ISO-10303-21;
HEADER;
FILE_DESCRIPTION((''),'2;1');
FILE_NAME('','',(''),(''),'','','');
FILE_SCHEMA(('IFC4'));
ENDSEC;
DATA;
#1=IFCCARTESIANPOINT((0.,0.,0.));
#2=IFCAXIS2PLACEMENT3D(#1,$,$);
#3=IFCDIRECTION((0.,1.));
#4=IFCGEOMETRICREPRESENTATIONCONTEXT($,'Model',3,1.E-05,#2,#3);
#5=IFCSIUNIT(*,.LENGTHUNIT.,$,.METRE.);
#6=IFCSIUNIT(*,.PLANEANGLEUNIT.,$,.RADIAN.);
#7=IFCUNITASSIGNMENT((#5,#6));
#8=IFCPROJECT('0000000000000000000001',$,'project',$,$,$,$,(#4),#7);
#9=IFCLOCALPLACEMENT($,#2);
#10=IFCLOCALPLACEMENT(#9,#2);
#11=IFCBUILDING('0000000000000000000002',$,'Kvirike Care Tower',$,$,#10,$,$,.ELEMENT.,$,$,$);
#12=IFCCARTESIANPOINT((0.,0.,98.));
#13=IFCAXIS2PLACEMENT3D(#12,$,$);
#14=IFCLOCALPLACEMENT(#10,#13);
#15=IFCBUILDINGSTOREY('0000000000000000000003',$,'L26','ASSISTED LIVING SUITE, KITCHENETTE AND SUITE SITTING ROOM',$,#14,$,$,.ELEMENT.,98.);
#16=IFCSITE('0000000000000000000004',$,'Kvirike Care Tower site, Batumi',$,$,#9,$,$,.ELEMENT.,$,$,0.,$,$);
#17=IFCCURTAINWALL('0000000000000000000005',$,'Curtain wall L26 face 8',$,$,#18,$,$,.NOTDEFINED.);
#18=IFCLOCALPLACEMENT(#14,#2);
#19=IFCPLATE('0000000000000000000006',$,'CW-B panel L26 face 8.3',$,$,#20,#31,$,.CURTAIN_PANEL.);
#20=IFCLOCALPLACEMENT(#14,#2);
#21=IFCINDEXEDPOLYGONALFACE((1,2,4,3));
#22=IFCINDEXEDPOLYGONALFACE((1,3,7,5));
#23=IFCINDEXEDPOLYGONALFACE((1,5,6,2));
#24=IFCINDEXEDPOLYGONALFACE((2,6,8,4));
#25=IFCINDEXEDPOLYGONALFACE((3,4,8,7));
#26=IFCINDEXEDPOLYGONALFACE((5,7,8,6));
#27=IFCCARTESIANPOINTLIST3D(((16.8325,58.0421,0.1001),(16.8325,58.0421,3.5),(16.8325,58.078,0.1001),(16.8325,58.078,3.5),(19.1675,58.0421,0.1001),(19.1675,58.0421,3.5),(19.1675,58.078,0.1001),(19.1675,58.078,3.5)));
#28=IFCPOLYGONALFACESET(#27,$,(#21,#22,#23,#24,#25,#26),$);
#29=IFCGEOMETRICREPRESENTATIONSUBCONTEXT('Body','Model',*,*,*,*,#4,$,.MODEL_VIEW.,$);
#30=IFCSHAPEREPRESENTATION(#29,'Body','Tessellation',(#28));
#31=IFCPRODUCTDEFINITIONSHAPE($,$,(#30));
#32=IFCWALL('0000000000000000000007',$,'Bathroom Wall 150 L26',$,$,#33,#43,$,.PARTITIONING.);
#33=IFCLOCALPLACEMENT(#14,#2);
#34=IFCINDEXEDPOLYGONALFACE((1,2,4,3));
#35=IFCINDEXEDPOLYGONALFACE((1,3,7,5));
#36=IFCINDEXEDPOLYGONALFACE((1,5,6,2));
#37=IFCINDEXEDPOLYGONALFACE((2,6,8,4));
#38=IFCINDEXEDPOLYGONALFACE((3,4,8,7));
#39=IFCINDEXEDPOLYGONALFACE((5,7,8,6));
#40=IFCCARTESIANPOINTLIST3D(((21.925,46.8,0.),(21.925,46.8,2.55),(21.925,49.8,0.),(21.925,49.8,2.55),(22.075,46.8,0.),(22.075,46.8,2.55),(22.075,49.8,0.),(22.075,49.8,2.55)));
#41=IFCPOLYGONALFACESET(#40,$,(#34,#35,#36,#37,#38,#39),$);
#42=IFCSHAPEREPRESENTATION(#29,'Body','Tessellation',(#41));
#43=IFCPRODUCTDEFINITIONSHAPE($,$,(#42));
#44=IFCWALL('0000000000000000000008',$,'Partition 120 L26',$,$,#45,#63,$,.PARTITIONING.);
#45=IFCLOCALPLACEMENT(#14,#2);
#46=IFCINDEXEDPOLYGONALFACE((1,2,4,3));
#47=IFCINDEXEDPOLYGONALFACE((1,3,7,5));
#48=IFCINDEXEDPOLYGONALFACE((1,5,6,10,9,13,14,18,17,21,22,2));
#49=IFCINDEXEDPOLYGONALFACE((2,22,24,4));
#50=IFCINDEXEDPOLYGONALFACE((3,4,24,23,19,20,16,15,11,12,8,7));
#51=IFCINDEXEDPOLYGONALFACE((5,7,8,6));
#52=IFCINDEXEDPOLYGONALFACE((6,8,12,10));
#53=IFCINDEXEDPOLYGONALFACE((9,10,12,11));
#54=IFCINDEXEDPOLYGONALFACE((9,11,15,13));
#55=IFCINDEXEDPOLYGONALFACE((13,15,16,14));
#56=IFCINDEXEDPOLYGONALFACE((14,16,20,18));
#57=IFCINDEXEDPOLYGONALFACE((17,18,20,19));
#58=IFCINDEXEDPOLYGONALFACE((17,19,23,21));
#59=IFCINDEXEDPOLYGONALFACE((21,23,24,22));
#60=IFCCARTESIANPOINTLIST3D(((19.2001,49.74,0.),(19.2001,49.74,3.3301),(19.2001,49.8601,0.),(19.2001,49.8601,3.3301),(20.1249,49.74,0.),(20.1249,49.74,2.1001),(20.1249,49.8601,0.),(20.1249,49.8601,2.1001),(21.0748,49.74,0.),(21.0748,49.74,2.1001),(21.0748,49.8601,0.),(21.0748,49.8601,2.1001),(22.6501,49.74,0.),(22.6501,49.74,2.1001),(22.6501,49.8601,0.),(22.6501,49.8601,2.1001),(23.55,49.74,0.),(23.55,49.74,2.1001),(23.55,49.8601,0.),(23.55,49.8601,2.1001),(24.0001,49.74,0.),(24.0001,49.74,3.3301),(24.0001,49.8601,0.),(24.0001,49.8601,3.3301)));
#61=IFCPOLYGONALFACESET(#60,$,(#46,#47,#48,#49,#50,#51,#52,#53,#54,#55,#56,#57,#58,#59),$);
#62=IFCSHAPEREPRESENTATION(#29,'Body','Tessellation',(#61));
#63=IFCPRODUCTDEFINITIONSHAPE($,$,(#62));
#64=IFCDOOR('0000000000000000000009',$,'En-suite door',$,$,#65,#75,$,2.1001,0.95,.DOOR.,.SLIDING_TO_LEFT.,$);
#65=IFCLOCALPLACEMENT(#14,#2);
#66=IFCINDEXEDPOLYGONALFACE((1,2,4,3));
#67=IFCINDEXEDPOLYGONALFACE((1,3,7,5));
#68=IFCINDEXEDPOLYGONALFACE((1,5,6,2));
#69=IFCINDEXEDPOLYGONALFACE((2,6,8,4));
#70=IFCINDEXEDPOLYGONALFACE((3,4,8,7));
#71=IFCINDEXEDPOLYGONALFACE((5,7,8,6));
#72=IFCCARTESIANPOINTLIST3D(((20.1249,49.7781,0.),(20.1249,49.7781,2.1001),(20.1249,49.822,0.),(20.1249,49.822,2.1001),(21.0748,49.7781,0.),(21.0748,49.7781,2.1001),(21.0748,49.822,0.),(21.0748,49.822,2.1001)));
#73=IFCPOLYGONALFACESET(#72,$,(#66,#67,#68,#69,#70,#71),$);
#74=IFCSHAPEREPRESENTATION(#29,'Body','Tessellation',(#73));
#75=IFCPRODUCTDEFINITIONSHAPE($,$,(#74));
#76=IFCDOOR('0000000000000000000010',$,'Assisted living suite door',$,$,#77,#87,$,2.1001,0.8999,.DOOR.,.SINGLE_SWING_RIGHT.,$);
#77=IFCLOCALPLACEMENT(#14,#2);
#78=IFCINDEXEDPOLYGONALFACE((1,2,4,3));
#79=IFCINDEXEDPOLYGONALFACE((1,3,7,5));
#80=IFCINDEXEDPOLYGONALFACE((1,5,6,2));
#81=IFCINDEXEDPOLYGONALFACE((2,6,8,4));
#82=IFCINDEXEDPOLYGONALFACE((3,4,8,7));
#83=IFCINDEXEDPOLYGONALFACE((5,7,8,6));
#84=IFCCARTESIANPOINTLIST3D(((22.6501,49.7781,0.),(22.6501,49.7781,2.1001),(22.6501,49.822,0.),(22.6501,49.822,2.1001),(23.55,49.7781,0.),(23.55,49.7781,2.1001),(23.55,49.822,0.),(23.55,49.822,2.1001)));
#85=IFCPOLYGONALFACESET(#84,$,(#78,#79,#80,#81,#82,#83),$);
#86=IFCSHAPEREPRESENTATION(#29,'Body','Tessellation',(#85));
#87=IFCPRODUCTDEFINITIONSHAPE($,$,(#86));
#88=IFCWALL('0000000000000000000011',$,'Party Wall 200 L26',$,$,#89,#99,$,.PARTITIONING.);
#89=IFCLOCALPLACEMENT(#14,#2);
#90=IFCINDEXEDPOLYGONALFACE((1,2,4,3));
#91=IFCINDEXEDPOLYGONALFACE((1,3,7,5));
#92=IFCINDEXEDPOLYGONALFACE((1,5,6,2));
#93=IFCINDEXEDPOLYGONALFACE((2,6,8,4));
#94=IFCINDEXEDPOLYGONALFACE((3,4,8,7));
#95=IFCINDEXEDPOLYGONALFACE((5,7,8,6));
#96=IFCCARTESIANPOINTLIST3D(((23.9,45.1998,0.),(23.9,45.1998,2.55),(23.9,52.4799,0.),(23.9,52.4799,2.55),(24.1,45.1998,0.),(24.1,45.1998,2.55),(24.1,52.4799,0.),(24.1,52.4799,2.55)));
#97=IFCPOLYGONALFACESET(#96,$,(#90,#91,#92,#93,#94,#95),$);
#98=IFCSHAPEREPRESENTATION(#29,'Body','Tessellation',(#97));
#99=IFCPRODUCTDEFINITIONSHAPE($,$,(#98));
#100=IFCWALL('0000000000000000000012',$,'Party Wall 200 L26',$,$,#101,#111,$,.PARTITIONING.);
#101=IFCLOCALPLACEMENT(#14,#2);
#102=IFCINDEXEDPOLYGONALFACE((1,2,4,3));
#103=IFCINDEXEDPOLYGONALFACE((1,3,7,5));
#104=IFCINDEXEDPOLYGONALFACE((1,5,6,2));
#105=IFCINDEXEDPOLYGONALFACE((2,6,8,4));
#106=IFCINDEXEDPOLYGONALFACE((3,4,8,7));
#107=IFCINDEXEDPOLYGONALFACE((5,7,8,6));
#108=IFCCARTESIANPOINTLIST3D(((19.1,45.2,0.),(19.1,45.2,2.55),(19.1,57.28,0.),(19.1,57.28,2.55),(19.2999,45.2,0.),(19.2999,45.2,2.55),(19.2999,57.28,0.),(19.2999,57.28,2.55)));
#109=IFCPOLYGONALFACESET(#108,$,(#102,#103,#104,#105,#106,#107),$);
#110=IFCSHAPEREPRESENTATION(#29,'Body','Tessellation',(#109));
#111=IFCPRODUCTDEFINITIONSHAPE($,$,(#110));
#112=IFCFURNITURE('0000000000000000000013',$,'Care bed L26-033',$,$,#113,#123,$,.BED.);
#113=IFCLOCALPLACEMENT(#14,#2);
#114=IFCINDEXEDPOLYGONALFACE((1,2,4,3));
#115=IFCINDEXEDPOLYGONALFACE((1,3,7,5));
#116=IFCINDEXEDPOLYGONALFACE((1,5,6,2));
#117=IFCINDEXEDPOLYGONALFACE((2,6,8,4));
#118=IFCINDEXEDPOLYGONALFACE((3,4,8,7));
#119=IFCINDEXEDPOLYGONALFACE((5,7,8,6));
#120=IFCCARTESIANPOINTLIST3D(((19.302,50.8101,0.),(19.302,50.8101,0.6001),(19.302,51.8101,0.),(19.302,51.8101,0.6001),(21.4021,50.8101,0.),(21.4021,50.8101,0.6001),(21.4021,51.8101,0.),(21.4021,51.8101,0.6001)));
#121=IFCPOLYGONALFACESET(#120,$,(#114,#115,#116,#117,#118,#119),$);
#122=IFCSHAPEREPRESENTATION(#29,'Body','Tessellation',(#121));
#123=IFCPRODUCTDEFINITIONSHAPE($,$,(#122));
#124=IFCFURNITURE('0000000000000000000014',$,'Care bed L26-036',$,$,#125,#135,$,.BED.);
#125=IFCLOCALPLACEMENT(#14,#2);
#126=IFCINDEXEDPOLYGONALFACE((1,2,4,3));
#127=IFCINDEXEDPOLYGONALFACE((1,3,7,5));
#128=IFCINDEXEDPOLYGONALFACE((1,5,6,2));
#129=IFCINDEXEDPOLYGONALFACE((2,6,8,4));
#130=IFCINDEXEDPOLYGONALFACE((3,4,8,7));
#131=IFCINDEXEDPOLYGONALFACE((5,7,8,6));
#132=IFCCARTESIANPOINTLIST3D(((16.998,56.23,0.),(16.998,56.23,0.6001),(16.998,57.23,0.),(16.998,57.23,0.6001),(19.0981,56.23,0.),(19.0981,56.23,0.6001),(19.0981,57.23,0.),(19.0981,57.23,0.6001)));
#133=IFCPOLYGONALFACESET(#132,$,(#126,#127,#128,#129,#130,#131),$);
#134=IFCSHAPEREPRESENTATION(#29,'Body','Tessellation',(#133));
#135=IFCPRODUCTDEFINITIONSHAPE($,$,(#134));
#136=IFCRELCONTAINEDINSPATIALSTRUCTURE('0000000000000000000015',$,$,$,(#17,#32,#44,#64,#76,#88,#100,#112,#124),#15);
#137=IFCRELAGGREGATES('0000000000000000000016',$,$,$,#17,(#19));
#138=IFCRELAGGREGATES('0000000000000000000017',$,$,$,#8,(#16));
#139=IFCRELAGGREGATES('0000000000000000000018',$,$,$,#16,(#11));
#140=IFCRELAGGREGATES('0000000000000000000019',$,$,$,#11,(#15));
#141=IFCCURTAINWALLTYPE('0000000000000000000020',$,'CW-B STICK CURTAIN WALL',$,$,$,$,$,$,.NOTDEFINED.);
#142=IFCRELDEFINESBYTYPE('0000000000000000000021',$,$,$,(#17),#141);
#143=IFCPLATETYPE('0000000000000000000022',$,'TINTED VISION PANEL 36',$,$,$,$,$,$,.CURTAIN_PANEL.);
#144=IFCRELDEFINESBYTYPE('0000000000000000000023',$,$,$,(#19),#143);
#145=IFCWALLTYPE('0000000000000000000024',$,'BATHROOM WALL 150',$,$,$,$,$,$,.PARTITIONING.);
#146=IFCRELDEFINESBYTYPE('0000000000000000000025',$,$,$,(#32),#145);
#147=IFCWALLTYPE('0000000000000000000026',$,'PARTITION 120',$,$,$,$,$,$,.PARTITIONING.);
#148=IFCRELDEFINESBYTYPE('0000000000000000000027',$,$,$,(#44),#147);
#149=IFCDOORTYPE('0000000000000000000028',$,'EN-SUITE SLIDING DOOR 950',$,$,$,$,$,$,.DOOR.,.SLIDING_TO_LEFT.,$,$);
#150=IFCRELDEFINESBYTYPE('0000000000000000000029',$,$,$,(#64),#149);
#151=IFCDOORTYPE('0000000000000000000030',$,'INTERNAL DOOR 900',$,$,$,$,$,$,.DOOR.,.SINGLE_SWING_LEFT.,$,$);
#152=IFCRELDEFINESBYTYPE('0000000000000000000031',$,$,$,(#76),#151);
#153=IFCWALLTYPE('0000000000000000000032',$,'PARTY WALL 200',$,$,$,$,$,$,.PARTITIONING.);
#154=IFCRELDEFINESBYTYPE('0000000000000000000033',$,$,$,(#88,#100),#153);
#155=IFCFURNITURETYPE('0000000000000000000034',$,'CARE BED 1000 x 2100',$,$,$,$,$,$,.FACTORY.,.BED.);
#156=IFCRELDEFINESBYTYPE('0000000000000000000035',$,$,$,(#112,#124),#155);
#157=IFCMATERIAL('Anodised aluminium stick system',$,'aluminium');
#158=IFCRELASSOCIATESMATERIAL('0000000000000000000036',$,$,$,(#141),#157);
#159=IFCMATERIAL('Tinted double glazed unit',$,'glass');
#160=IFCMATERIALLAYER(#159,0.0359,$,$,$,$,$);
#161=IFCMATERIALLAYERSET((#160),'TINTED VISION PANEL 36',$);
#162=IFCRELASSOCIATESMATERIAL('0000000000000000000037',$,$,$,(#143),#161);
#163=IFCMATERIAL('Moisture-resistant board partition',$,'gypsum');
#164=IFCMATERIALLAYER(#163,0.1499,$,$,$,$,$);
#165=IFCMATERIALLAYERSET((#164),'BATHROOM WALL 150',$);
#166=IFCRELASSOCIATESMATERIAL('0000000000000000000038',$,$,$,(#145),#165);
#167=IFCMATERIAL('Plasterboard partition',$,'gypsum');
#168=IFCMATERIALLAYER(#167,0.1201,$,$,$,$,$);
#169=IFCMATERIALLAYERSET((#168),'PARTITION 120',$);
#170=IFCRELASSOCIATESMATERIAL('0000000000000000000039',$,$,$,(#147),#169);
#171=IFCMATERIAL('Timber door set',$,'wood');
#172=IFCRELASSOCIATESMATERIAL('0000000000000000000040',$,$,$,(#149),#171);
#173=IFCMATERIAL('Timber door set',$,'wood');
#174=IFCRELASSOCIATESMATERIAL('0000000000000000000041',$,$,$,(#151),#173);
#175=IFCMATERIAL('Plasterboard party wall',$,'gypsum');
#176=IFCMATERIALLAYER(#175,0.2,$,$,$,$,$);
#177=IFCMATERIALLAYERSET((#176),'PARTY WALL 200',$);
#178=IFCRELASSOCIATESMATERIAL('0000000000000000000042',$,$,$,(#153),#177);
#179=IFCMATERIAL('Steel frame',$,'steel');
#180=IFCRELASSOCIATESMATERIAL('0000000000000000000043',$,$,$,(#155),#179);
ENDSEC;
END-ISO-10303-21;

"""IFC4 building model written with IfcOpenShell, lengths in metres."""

from ifc_helpers import new_model, si_unit, direction, frame, frame_2d, origin, origin_2d, place, context, subcontext, project, spatial, rectangle, extrude, material, layer, layer_set, type_object, element, fill, aggregate, save


model = new_model("IFC4")

# Units and contexts
model_context = context("Model", 3, precision=1e-05, world=origin(), true_north=direction((0.0, 1.0)))
body_context = subcontext(model_context, "Body", "Model", "MODEL_VIEW")
ifc_project = project(units=[si_unit("LENGTHUNIT", "METRE"), si_unit("PLANEANGLEUNIT", "RADIAN")], contexts=[model_context])

# Site, building, storey
site_placement = place(None, origin())
site = spatial("IfcSite", under=ifc_project, at=site_placement, Name="Kvirike Care Tower site, Batumi", CompositionType="ELEMENT", RefElevation=0.0)
building_placement = place(site_placement, origin())
building = spatial("IfcBuilding", under=site, at=building_placement, Name="Kvirike Care Tower", CompositionType="ELEMENT")
storey_placement = place(building_placement, frame((0.0, 0.0, 98.0)))
storey = spatial("IfcBuildingStorey", under=building, at=storey_placement, Name="L26", Description="ASSISTED LIVING SUITE, KITCHENETTE AND SUITE SITTING ROOM", CompositionType="ELEMENT", Elevation=98.0)

# Curtain wall
ifc_material_1 = material(Name="Anodised aluminium stick system", Category="aluminium")
curtain_wall_type = type_object("IfcCurtainWallType", Name="CW-B STICK CURTAIN WALL", PredefinedType="NOTDEFINED", material=ifc_material_1)
curtain_wall_placement = place(storey_placement, origin())
curtain_wall = element("IfcCurtainWall", 1, at=curtain_wall_placement, inside=storey, type_object=curtain_wall_type, Name="Curtain wall L26 face 8", PredefinedType="NOTDEFINED")

# Plate
ifc_material_2 = material(Name="Tinted double glazed unit", Category="glass")
ifc_layer_1 = layer(ifc_material_2, 0.0359)
ifc_layer_set_1 = layer_set([ifc_layer_1], Name="TINTED VISION PANEL 36")
plate_type = type_object("IfcPlateType", Name="TINTED VISION PANEL 36", PredefinedType="CURTAIN_PANEL", material=ifc_layer_set_1)
plate_1_placement = place(storey_placement, frame((18.0, 58.0601, 0.1001), z_axis=(0.0, 0.0, 1.0), x_axis=(-1.0, 0.0, 0.0)))
plate_1 = element("IfcPlate", 2, at=plate_1_placement, type_object=plate_type, Name="CW-B panel L26 face 8.3", PredefinedType="CURTAIN_PANEL", context=body_context, shape_type="SweptSolid", body=[
    extrude(rectangle(XDim=2.335, YDim=0.0359, at=origin_2d()), origin(), (0.0, 0.0, 1.0), 3.3999),
])
aggregate(curtain_wall, [plate_1])

# Wall
ifc_material_3 = material(Name="Moisture-resistant board partition", Category="gypsum")
ifc_layer_2 = layer(ifc_material_3, 0.1499)
ifc_layer_set_2 = layer_set([ifc_layer_2], Name="BATHROOM WALL 150")
wall_type_1 = type_object("IfcWallType", Name="BATHROOM WALL 150", PredefinedType="PARTITIONING", material=ifc_layer_set_2)
wall_1_placement = place(storey_placement, frame((22.0, 49.8, 0.0), z_axis=(0.0, 0.0, 1.0), x_axis=(0.0, -1.0, 0.0)))
element("IfcWall", 3, at=wall_1_placement, inside=storey, type_object=wall_type_1, Name="Bathroom Wall 150 L26", PredefinedType="PARTITIONING", context=body_context, shape_type="SweptSolid", body=[
    extrude(rectangle(XDim=3.0, YDim=0.1499, at=frame_2d((1.5, 0.0))), origin(), (0.0, 0.0, 1.0), 2.55),
])

# Wall, openings, doors
ifc_material_4 = material(Name="Plasterboard partition", Category="gypsum")
ifc_layer_3 = layer(ifc_material_4, 0.1201)
ifc_layer_set_3 = layer_set([ifc_layer_3], Name="PARTITION 120")
wall_type_2 = type_object("IfcWallType", Name="PARTITION 120", PredefinedType="PARTITIONING", material=ifc_layer_set_3)
wall_2_placement = place(storey_placement, frame((24.0, 49.8, 0.0), z_axis=(0.0, 0.0, 1.0), x_axis=(-1.0, 0.0, 0.0)))
wall_2 = element("IfcWall", 4, at=wall_2_placement, inside=storey, type_object=wall_type_2, Name="Partition 120 L26", PredefinedType="PARTITIONING", context=body_context, shape_type="SweptSolid", body=[
    extrude(rectangle(XDim=4.8, YDim=0.1201, at=frame_2d((2.3999, 0.0))), origin(), (0.0, 0.0, 1.0), 3.3301),
])
opening_1_placement = place(wall_2_placement, frame((0.45, 0.0, 0.0)))
opening_1 = element("IfcOpeningElement", 5, at=opening_1_placement, cuts=wall_2, PredefinedType="OPENING", context=body_context, shape_type="SweptSolid", body=[
    extrude(rectangle(XDim=0.8999, YDim=2.1001, at=frame_2d((0.45, 1.05))), frame((0.0, 0.0706, 0.0), z_axis=(0.0, -1.0, 0.0), x_axis=(1.0, 0.0, 0.0)), (0.0, 0.0, 1.0), 0.1411),
])
opening_2_placement = place(wall_2_placement, frame((2.925, 0.0, 0.0)))
opening_2 = element("IfcOpeningElement", 6, at=opening_2_placement, cuts=wall_2, PredefinedType="OPENING", context=body_context, shape_type="SweptSolid", body=[
    extrude(rectangle(XDim=0.95, YDim=2.1001, at=frame_2d((0.4751, 1.05))), frame((0.0, 0.0706, 0.0), z_axis=(0.0, -1.0, 0.0), x_axis=(1.0, 0.0, 0.0)), (0.0, 0.0, 1.0), 0.1411),
])
ifc_material_5 = material(Name="Timber door set", Category="wood")
door_type_1 = type_object("IfcDoorType", Name="EN-SUITE SLIDING DOOR 950", OperationType="SLIDING_TO_LEFT", PredefinedType="DOOR", material=ifc_material_5)
door_1_placement = place(opening_2_placement, origin())
door_1 = element("IfcDoor", 7, at=door_1_placement, inside=storey, type_object=door_type_1, Name="En-suite door", OperationType="SLIDING_TO_LEFT", OverallHeight=2.1001, OverallWidth=0.95, PredefinedType="DOOR", context=body_context, shape_type="SweptSolid", body=[
    extrude(rectangle(XDim=0.95, YDim=2.1001, at=frame_2d((0.4751, 1.05))), frame((0.0, 0.022, 0.0), z_axis=(0.0, -1.0, 0.0), x_axis=(1.0, 0.0, 0.0)), (0.0, 0.0, 1.0), 0.0439),
])
fill(opening_2, door_1)
ifc_material_6 = material(Name="Timber door set", Category="wood")
door_type_2 = type_object("IfcDoorType", Name="INTERNAL DOOR 900", OperationType="SINGLE_SWING_LEFT", PredefinedType="DOOR", material=ifc_material_6)
door_2_placement = place(opening_1_placement, origin())
door_2 = element("IfcDoor", 8, at=door_2_placement, inside=storey, type_object=door_type_2, Name="Assisted living suite door", OperationType="SINGLE_SWING_RIGHT", OverallHeight=2.1001, OverallWidth=0.8999, PredefinedType="DOOR", context=body_context, shape_type="SweptSolid", body=[
    extrude(rectangle(XDim=0.8999, YDim=2.1001, at=frame_2d((0.45, 1.05))), frame((0.0, 0.022, 0.0), z_axis=(0.0, -1.0, 0.0), x_axis=(1.0, 0.0, 0.0)), (0.0, 0.0, 1.0), 0.0439),
])
fill(opening_1, door_2)

# Walls
ifc_material_7 = material(Name="Plasterboard party wall", Category="gypsum")
ifc_layer_4 = layer(ifc_material_7, 0.2)
ifc_layer_set_4 = layer_set([ifc_layer_4], Name="PARTY WALL 200")
wall_type_3 = type_object("IfcWallType", Name="PARTY WALL 200", PredefinedType="PARTITIONING", material=ifc_layer_set_4)
wall_3_placement = place(storey_placement, frame((24.0, 52.48, 0.0), z_axis=(0.0, 0.0, 1.0), x_axis=(0.0, -1.0, 0.0)))
element("IfcWall", 9, at=wall_3_placement, inside=storey, type_object=wall_type_3, Name="Party Wall 200 L26", PredefinedType="PARTITIONING", context=body_context, shape_type="SweptSolid", body=[
    extrude(rectangle(XDim=7.28, YDim=0.2, at=frame_2d((3.6401, 0.0))), origin(), (0.0, 0.0, 1.0), 2.55),
])
wall_4_placement = place(storey_placement, frame((19.2, 57.28, 0.0), z_axis=(0.0, 0.0, 1.0), x_axis=(0.0, -1.0, 0.0)))
element("IfcWall", 10, at=wall_4_placement, inside=storey, type_object=wall_type_3, Name="Party Wall 200 L26", PredefinedType="PARTITIONING", context=body_context, shape_type="SweptSolid", body=[
    extrude(rectangle(XDim=12.0801, YDim=0.2, at=frame_2d((6.04, 0.0))), origin(), (0.0, 0.0, 1.0), 2.55),
])

# Furniture
ifc_material_8 = material(Name="Steel frame", Category="steel")
furniture_type = type_object("IfcFurnitureType", Name="CARE BED 1000 x 2100", AssemblyPlace="FACTORY", PredefinedType="BED", material=ifc_material_8)
for number, where, z_axis, x_axis, name in (
    (11, (20.3521, 51.3101, 0.0), (0.0, 0.0, 1.0), (0.0, 1.0, 0.0), "Care bed L26-033"),
    (12, (18.0481, 56.73, 0.0), (0.0, 0.0, 1.0), (0.0, -1.0, 0.0), "Care bed L26-036"),
):
    element("IfcFurniture", number, at=place(storey_placement, frame(where, z_axis=z_axis, x_axis=x_axis)), inside=storey, type_object=furniture_type, Name=name, PredefinedType="BED", context=body_context, shape_type="SweptSolid", body=[
        extrude(rectangle(XDim=1.0, YDim=2.1001, at=origin_2d()), origin(), (0.0, 0.0, 1.0), 0.6001),
    ])

save(model, "model.ifc")
